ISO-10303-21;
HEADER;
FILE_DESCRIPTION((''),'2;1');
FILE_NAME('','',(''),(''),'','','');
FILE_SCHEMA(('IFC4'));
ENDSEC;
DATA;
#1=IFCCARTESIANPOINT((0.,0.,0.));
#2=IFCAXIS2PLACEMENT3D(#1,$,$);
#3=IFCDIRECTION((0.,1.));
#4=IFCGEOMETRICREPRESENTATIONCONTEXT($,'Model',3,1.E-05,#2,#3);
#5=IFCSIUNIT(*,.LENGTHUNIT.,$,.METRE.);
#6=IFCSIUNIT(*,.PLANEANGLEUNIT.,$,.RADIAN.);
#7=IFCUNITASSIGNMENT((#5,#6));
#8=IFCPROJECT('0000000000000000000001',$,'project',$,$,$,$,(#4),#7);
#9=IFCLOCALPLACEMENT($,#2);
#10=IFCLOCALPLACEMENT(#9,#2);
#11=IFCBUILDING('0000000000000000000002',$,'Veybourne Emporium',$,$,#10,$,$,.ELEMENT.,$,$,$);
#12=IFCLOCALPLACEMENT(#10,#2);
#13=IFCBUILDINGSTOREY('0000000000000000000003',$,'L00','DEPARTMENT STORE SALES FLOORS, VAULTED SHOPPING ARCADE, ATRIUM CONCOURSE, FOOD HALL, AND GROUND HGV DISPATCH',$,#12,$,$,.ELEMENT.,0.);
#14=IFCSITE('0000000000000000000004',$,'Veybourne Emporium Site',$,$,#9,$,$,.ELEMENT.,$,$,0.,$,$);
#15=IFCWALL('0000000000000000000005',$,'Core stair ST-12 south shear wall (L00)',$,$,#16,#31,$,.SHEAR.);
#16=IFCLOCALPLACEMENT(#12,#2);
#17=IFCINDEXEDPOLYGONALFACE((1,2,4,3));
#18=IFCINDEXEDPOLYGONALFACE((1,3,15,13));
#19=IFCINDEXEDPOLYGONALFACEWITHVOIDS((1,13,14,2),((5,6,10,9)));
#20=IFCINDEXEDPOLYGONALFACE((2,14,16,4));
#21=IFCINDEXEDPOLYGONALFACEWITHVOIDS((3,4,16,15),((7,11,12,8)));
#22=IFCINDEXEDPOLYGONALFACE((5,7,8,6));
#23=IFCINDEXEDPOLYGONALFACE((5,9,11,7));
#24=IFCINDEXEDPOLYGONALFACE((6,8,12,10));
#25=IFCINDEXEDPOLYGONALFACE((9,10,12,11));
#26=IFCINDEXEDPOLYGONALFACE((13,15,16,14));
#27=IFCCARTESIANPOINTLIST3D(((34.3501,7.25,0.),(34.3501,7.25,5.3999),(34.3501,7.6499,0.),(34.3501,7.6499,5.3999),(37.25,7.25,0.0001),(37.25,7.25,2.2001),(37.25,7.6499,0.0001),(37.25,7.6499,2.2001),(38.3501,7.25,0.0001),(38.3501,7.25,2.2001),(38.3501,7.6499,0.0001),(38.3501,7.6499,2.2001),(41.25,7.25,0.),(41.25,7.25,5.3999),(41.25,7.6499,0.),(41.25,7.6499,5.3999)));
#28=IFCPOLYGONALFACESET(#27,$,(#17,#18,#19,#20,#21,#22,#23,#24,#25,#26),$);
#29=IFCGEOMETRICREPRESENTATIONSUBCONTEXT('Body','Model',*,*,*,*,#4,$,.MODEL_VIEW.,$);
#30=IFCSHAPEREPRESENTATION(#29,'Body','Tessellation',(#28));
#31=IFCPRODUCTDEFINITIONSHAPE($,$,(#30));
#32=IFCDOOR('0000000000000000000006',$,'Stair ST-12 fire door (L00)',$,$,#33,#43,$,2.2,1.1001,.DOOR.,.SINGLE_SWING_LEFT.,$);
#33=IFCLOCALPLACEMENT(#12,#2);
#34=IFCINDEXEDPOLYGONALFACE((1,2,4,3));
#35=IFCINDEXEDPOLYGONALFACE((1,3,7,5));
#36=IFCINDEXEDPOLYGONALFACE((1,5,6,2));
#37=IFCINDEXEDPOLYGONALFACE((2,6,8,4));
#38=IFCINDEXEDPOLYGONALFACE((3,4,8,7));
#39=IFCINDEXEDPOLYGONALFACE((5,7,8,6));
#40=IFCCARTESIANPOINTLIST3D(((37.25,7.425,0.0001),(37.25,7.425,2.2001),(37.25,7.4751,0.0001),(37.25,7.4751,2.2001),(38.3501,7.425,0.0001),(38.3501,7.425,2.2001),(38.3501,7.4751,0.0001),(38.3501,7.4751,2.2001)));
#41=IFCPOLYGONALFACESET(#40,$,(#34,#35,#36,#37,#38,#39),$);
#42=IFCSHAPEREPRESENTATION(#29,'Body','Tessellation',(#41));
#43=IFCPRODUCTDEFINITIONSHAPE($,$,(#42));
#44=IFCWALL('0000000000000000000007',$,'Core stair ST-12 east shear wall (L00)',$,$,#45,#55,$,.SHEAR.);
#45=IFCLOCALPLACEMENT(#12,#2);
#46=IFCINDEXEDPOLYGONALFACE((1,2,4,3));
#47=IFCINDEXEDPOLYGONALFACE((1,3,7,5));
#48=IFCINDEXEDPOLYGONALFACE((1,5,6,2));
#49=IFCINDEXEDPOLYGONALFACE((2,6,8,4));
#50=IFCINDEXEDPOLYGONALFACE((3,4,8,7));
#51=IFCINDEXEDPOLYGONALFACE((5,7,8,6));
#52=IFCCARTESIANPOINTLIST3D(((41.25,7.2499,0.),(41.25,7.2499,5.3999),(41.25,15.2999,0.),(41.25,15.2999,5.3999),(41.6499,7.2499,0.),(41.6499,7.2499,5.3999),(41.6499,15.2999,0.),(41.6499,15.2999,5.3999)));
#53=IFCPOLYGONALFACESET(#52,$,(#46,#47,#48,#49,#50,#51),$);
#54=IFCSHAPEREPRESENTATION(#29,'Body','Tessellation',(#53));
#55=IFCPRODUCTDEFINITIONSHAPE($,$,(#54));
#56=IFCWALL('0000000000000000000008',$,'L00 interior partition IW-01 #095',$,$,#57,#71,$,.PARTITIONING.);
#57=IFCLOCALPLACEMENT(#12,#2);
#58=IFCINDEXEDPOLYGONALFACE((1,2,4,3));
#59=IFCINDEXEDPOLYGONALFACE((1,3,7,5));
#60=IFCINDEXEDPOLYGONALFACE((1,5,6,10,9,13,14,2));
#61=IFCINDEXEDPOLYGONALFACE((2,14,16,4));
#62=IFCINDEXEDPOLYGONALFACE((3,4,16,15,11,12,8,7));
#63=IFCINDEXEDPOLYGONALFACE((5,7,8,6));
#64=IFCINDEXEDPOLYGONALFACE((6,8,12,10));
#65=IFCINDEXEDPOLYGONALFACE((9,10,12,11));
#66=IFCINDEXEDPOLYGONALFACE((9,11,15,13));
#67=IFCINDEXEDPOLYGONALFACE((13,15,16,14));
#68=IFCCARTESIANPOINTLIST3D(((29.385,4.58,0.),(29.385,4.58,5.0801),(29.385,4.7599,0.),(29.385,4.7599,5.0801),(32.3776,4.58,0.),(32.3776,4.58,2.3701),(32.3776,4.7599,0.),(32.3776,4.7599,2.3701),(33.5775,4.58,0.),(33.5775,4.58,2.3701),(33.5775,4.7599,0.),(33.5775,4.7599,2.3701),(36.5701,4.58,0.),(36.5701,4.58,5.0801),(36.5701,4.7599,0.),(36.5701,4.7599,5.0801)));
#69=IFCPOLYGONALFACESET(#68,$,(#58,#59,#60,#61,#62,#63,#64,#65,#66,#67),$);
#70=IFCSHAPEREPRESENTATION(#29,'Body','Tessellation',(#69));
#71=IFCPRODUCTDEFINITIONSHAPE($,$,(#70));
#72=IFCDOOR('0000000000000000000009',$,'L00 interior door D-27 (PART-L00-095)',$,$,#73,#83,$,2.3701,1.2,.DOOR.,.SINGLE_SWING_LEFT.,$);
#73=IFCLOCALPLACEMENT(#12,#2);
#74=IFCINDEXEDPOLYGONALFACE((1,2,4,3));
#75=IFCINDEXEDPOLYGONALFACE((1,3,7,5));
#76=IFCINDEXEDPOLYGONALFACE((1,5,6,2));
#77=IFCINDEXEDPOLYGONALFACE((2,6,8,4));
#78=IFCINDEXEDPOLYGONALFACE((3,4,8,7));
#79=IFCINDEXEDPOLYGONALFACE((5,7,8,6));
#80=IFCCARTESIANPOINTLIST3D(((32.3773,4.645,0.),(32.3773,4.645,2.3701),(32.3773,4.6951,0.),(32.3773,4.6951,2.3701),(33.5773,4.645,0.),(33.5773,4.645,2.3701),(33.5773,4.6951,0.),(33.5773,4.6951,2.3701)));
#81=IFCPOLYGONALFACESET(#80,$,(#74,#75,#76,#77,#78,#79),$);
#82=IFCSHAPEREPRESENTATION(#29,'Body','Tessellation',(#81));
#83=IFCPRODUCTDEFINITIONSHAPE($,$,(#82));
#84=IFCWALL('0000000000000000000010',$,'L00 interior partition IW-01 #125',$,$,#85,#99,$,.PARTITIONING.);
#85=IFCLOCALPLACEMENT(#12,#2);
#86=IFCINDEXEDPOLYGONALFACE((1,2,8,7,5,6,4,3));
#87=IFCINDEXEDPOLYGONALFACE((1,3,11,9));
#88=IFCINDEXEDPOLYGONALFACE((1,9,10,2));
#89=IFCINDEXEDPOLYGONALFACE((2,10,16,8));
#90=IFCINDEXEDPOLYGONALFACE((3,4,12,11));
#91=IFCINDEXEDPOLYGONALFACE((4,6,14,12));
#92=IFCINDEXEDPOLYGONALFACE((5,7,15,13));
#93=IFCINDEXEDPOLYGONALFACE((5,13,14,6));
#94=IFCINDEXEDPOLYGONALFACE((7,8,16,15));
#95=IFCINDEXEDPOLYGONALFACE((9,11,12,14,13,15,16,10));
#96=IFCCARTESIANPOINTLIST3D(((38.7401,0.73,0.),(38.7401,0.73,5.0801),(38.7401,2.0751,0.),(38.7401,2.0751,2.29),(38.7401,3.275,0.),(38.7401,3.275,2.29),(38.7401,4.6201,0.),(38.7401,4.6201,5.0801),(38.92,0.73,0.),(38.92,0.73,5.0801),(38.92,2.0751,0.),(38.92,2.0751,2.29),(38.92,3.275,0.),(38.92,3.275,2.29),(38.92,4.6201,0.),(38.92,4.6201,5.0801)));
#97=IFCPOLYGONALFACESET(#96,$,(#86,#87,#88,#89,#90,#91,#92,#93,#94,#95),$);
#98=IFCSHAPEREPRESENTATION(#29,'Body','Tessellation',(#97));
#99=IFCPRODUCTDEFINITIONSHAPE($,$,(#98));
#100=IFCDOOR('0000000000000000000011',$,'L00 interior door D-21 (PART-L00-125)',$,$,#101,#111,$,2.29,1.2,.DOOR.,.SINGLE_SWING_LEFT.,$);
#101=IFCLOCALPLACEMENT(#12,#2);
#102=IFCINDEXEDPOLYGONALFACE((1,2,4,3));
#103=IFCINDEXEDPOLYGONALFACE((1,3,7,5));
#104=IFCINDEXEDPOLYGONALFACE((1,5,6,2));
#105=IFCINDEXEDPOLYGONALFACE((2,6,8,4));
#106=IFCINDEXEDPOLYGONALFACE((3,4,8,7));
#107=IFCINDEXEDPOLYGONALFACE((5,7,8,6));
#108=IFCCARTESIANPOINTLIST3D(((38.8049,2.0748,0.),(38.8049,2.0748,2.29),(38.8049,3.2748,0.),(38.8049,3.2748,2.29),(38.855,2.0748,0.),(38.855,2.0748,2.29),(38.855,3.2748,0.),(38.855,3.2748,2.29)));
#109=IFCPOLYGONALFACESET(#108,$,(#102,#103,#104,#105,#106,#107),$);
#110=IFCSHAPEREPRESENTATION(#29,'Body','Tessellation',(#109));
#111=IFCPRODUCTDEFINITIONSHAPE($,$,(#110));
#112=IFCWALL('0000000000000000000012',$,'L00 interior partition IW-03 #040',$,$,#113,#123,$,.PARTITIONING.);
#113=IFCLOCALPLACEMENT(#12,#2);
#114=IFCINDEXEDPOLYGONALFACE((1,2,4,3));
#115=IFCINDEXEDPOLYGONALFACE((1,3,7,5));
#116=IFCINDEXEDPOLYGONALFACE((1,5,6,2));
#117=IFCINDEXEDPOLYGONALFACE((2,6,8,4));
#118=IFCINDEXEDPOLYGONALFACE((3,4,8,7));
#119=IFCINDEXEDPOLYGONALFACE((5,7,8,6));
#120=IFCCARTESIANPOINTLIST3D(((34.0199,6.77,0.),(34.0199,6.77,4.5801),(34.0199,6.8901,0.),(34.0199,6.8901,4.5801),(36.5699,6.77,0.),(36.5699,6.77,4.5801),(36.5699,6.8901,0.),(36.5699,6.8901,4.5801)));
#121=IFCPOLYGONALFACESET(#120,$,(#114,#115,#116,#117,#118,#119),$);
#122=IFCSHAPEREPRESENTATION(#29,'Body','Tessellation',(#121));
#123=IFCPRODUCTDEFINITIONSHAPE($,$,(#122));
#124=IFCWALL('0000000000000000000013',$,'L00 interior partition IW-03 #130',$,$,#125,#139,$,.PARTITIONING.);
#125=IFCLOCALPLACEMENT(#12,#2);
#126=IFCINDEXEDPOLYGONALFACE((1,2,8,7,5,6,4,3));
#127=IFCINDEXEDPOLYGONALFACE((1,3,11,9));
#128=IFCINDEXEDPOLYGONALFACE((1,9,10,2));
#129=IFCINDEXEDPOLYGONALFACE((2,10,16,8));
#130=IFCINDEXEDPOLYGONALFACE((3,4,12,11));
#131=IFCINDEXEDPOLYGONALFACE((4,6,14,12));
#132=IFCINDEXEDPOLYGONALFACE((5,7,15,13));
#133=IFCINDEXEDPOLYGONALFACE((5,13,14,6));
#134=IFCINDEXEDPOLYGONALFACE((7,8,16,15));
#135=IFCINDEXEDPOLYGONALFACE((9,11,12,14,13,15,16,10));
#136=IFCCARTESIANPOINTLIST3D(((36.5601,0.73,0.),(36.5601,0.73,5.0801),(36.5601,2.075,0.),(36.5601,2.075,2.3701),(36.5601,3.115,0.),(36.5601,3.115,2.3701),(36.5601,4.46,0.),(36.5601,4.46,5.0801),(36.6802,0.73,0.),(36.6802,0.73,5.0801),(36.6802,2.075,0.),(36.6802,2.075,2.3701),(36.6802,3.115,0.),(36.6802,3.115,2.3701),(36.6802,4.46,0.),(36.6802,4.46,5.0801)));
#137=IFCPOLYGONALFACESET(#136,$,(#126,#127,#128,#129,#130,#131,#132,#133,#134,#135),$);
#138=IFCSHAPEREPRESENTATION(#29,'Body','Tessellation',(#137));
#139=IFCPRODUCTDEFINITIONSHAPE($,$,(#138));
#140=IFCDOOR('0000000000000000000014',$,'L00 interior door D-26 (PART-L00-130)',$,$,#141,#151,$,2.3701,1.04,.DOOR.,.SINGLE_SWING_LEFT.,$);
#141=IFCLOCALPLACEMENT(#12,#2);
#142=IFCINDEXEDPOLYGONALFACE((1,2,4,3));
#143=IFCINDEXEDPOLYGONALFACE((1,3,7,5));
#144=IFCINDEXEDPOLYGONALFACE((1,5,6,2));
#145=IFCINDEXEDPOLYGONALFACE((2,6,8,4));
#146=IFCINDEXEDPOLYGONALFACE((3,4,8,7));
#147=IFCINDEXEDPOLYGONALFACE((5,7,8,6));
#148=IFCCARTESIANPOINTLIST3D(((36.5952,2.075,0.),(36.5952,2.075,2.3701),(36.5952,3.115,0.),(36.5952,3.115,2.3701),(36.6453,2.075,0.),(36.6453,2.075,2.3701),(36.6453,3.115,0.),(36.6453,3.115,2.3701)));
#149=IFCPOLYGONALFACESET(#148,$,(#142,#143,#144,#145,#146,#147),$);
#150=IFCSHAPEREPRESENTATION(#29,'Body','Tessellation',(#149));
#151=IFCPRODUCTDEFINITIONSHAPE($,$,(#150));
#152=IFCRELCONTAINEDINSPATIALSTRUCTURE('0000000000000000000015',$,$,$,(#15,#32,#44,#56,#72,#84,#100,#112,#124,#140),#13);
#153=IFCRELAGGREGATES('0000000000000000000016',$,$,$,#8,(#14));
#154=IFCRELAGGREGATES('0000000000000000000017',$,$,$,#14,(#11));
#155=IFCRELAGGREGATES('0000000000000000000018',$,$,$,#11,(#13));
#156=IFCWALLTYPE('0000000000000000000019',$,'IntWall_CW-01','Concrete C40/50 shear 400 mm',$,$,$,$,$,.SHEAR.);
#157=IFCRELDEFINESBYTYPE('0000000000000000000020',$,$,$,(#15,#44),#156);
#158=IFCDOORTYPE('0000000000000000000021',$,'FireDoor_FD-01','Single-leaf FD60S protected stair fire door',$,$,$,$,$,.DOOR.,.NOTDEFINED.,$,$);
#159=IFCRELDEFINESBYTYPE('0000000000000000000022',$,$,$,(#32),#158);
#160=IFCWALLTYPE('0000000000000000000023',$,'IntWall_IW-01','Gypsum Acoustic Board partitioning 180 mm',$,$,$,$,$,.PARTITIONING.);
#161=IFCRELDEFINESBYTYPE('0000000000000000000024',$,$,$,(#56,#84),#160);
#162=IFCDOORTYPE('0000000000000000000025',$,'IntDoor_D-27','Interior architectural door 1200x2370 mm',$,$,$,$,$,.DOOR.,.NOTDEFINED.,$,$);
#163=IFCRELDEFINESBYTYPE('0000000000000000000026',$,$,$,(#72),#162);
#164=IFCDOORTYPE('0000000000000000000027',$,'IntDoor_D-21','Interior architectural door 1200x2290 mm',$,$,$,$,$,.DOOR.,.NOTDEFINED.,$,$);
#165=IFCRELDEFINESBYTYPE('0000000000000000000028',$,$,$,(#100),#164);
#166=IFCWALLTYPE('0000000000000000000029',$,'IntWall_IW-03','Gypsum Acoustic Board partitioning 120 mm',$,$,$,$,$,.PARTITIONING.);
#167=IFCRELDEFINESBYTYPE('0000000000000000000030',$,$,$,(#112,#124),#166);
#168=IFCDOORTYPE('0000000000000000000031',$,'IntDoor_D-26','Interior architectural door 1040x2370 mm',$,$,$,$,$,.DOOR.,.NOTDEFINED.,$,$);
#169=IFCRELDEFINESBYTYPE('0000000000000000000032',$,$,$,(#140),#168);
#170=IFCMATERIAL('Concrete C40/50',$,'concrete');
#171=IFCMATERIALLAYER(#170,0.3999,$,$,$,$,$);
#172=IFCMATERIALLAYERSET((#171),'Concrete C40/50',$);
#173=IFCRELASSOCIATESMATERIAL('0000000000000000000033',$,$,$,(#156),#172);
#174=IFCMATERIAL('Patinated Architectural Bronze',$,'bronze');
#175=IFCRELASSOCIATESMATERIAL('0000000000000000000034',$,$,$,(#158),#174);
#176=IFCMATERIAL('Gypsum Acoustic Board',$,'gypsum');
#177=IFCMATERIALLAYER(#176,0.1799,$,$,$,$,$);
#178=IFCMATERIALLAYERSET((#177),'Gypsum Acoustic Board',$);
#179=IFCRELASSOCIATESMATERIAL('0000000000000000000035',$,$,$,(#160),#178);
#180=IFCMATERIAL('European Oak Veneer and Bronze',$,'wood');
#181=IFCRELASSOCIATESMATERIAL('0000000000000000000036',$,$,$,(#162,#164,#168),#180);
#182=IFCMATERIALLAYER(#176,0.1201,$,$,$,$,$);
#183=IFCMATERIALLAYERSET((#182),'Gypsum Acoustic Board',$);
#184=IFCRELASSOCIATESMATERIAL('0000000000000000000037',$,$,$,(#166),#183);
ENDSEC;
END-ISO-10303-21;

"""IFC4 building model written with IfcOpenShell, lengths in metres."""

from ifc_helpers import new_model, si_unit, direction, frame, frame_2d, origin, place, context, subcontext, project, spatial, rectangle, extrude, material, layer, layer_set, type_object, element, fill, save


model = new_model("IFC4")

# Units and contexts
model_context = context("Model", 3, precision=1e-05, world=origin(), true_north=direction((0.0, 1.0)))
body_context = subcontext(model_context, "Body", "Model", "MODEL_VIEW")
ifc_project = project(units=[si_unit("LENGTHUNIT", "METRE"), si_unit("PLANEANGLEUNIT", "RADIAN")], contexts=[model_context])

# Site, building, storey
site_placement = place(None, origin())
site = spatial("IfcSite", under=ifc_project, at=site_placement, Name="Veybourne Emporium Site", CompositionType="ELEMENT", RefElevation=0.0)
building_placement = place(site_placement, origin())
building = spatial("IfcBuilding", under=site, at=building_placement, Name="Veybourne Emporium", CompositionType="ELEMENT")
storey_placement = place(building_placement, origin())
storey = spatial("IfcBuildingStorey", under=building, at=storey_placement, Name="L00", Description="DEPARTMENT STORE SALES FLOORS, VAULTED SHOPPING ARCADE, ATRIUM CONCOURSE, FOOD HALL, AND GROUND HGV DISPATCH", CompositionType="ELEMENT", Elevation=0.0)

# Shared definitions
ifc_material_1 = material(Name="Concrete C40/50", Category="concrete")

# Wall, opening, door
ifc_layer_1 = layer(ifc_material_1, 0.3999)
ifc_layer_set_1 = layer_set([ifc_layer_1], Name="Concrete C40/50")
wall_type_1 = type_object("IfcWallType", Name="IntWall_CW-01", Description="Concrete C40/50 shear 400 mm", PredefinedType="SHEAR", material=ifc_layer_set_1)
wall_1_placement = place(storey_placement, frame((41.25, 7.45, 0.0), z_axis=(0.0, 0.0, 1.0), x_axis=(-1.0, 0.0, 0.0)))
wall_1 = element("IfcWall", 1, at=wall_1_placement, inside=storey, type_object=wall_type_1, Name="Core stair ST-12 south shear wall (L00)", PredefinedType="SHEAR", context=body_context, shape_type="SweptSolid", body=[
    extrude(rectangle(XDim=6.8999, YDim=0.3999, at=frame_2d((3.45, 0.0))), origin(), (0.0, 0.0, 1.0), 5.3999),
])
opening_1_placement = place(wall_1_placement, frame((2.8999, 0.0, 0.0)))
opening_1 = element("IfcOpeningElement", 2, at=opening_1_placement, cuts=wall_1, PredefinedType="OPENING", context=body_context, shape_type="SweptSolid", body=[
    extrude(rectangle(XDim=1.1001, YDim=2.2, at=frame_2d((0.55, 1.1001))), frame((0.0, 0.22, 0.0), z_axis=(0.0, -1.0, 0.0), x_axis=(1.0, 0.0, 0.0)), (0.0, 0.0, 1.0), 0.4399),
])
ifc_material_2 = material(Name="Patinated Architectural Bronze", Category="bronze")
door_type_1 = type_object("IfcDoorType", Name="FireDoor_FD-01", Description="Single-leaf FD60S protected stair fire door", OperationType="NOTDEFINED", PredefinedType="DOOR", material=ifc_material_2)
door_1_placement = place(opening_1_placement, origin())
door_1 = element("IfcDoor", 3, at=door_1_placement, inside=storey, type_object=door_type_1, Name="Stair ST-12 fire door (L00)", OperationType="SINGLE_SWING_LEFT", OverallHeight=2.2, OverallWidth=1.1001, PredefinedType="DOOR", context=body_context, shape_type="SweptSolid", body=[
    extrude(rectangle(XDim=1.1001, YDim=2.2, at=frame_2d((0.55, 1.1001))), frame((0.0, 0.0249, 0.0), z_axis=(0.0, -1.0, 0.0), x_axis=(1.0, 0.0, 0.0)), (0.0, 0.0, 1.0), 0.05),
])
fill(opening_1, door_1)

# Wall
wall_2_placement = place(storey_placement, frame((41.45, 7.25, 0.0), z_axis=(0.0, 0.0, 1.0), x_axis=(0.0, 1.0, 0.0)))
element("IfcWall", 4, at=wall_2_placement, inside=storey, type_object=wall_type_1, Name="Core stair ST-12 east shear wall (L00)", PredefinedType="SHEAR", context=body_context, shape_type="SweptSolid", body=[
    extrude(rectangle(XDim=8.05, YDim=0.3999, at=frame_2d((4.0249, 0.0))), origin(), (0.0, 0.0, 1.0), 5.3999),
])

# Walls, openings, doors
ifc_material_3 = material(Name="Gypsum Acoustic Board", Category="gypsum")
ifc_layer_2 = layer(ifc_material_3, 0.1799)
ifc_layer_set_2 = layer_set([ifc_layer_2], Name="Gypsum Acoustic Board")
wall_type_2 = type_object("IfcWallType", Name="IntWall_IW-01", Description="Gypsum Acoustic Board partitioning 180 mm", PredefinedType="PARTITIONING", material=ifc_layer_set_2)
wall_3_placement = place(storey_placement, frame((29.385, 4.6699, 0.0), z_axis=(0.0, 0.0, 1.0), x_axis=(1.0, 0.0, 0.0)))
wall_3 = element("IfcWall", 5, at=wall_3_placement, inside=storey, type_object=wall_type_2, Name="L00 interior partition IW-01 #095", PredefinedType="PARTITIONING", context=body_context, shape_type="SweptSolid", body=[
    extrude(rectangle(XDim=7.1851, YDim=0.1799, at=frame_2d((3.5925, 0.0))), origin(), (0.0, 0.0, 1.0), 5.0801),
])
opening_2_placement = place(wall_3_placement, frame((2.9924, 0.0, 0.0)))
opening_2 = element("IfcOpeningElement", 6, at=opening_2_placement, cuts=wall_3, PredefinedType="OPENING", context=body_context, shape_type="SweptSolid", body=[
    extrude(rectangle(XDim=1.2, YDim=2.3701, at=frame_2d((0.6001, 1.1851))), frame((0.0, 0.1099, 0.0), z_axis=(0.0, -1.0, 0.0), x_axis=(1.0, 0.0, 0.0)), (0.0, 0.0, 1.0), 0.22),
])
ifc_material_4 = material(Name="European Oak Veneer and Bronze", Category="wood")
door_type_2 = type_object("IfcDoorType", Name="IntDoor_D-27", Description="Interior architectural door 1200x2370 mm", OperationType="NOTDEFINED", PredefinedType="DOOR", material=ifc_material_4)
door_2_placement = place(opening_2_placement, frame((1.2, 0.0, 0.0), z_axis=(0.0, 0.0, 1.0), x_axis=(-1.0, 0.0, 0.0)))
door_2 = element("IfcDoor", 7, at=door_2_placement, inside=storey, type_object=door_type_2, Name="L00 interior door D-27 (PART-L00-095)", OperationType="SINGLE_SWING_LEFT", OverallHeight=2.3701, OverallWidth=1.2, PredefinedType="DOOR", context=body_context, shape_type="SweptSolid", body=[
    extrude(rectangle(XDim=1.2, YDim=2.3701, at=frame_2d((0.6001, 1.1851))), frame((0.0, 0.0249, 0.0), z_axis=(0.0, -1.0, 0.0), x_axis=(1.0, 0.0, 0.0)), (0.0, 0.0, 1.0), 0.05),
])
fill(opening_2, door_2)
wall_4_placement = place(storey_placement, frame((38.8301, 0.73, 0.0), z_axis=(0.0, 0.0, 1.0), x_axis=(0.0, 1.0, 0.0)))
wall_4 = element("IfcWall", 8, at=wall_4_placement, inside=storey, type_object=wall_type_2, Name="L00 interior partition IW-01 #125", PredefinedType="PARTITIONING", context=body_context, shape_type="SweptSolid", body=[
    extrude(rectangle(XDim=3.8901, YDim=0.1799, at=frame_2d((1.9451, 0.0))), origin(), (0.0, 0.0, 1.0), 5.0801),
])
opening_3_placement = place(wall_4_placement, frame((1.345, 0.0, 0.0)))
opening_3 = element("IfcOpeningElement", 9, at=opening_3_placement, cuts=wall_4, PredefinedType="OPENING", context=body_context, shape_type="SweptSolid", body=[
    extrude(rectangle(XDim=1.2, YDim=2.29, at=frame_2d((0.6001, 1.145))), frame((0.0, 0.1099, 0.0), z_axis=(0.0, -1.0, 0.0), x_axis=(1.0, 0.0, 0.0)), (0.0, 0.0, 1.0), 0.22),
])
door_type_3 = type_object("IfcDoorType", Name="IntDoor_D-21", Description="Interior architectural door 1200x2290 mm", OperationType="NOTDEFINED", PredefinedType="DOOR", material=ifc_material_4)
door_3_placement = place(opening_3_placement, frame((1.2, 0.0, 0.0), z_axis=(0.0, 0.0, 1.0), x_axis=(-1.0, 0.0, 0.0)))
door_3 = element("IfcDoor", 10, at=door_3_placement, inside=storey, type_object=door_type_3, Name="L00 interior door D-21 (PART-L00-125)", OperationType="SINGLE_SWING_LEFT", OverallHeight=2.29, OverallWidth=1.2, PredefinedType="DOOR", context=body_context, shape_type="SweptSolid", body=[
    extrude(rectangle(XDim=1.2, YDim=2.29, at=frame_2d((0.6001, 1.145))), frame((0.0, 0.0249, 0.0), z_axis=(0.0, -1.0, 0.0), x_axis=(1.0, 0.0, 0.0)), (0.0, 0.0, 1.0), 0.05),
])
fill(opening_3, door_3)

# Wall
ifc_layer_3 = layer(ifc_material_3, 0.1201)
ifc_layer_set_3 = layer_set([ifc_layer_3], Name="Gypsum Acoustic Board")
wall_type_3 = type_object("IfcWallType", Name="IntWall_IW-03", Description="Gypsum Acoustic Board partitioning 120 mm", PredefinedType="PARTITIONING", material=ifc_layer_set_3)
wall_5_placement = place(storey_placement, frame((34.02, 6.8301, 0.0), z_axis=(0.0, 0.0, 1.0), x_axis=(1.0, 0.0, 0.0)))
element("IfcWall", 11, at=wall_5_placement, inside=storey, type_object=wall_type_3, Name="L00 interior partition IW-03 #040", PredefinedType="PARTITIONING", context=body_context, shape_type="SweptSolid", body=[
    extrude(rectangle(XDim=2.55, YDim=0.1201, at=frame_2d((1.2749, 0.0))), origin(), (0.0, 0.0, 1.0), 4.5801),
])

# Wall, opening, door
wall_6_placement = place(storey_placement, frame((36.6201, 0.73, 0.0), z_axis=(0.0, 0.0, 1.0), x_axis=(0.0, 1.0, 0.0)))
wall_6 = element("IfcWall", 12, at=wall_6_placement, inside=storey, type_object=wall_type_3, Name="L00 interior partition IW-03 #130", PredefinedType="PARTITIONING", context=body_context, shape_type="SweptSolid", body=[
    extrude(rectangle(XDim=3.73, YDim=0.1201, at=frame_2d((1.865, 0.0))), origin(), (0.0, 0.0, 1.0), 5.0801),
])
opening_4_placement = place(wall_6_placement, frame((1.345, 0.0, 0.0)))
opening_4 = element("IfcOpeningElement", 13, at=opening_4_placement, cuts=wall_6, PredefinedType="OPENING", context=body_context, shape_type="SweptSolid", body=[
    extrude(rectangle(XDim=1.04, YDim=2.3701, at=frame_2d((0.52, 1.1851))), frame((0.0, 0.0801, 0.0), z_axis=(0.0, -1.0, 0.0), x_axis=(1.0, 0.0, 0.0)), (0.0, 0.0, 1.0), 0.1602),
])
door_type_4 = type_object("IfcDoorType", Name="IntDoor_D-26", Description="Interior architectural door 1040x2370 mm", OperationType="NOTDEFINED", PredefinedType="DOOR", material=ifc_material_4)
door_4_placement = place(opening_4_placement, origin())
door_4 = element("IfcDoor", 14, at=door_4_placement, inside=storey, type_object=door_type_4, Name="L00 interior door D-26 (PART-L00-130)", OperationType="SINGLE_SWING_LEFT", OverallHeight=2.3701, OverallWidth=1.04, PredefinedType="DOOR", context=body_context, shape_type="SweptSolid", body=[
    extrude(rectangle(XDim=1.04, YDim=2.3701, at=frame_2d((0.52, 1.1851))), frame((0.0, 0.0249, 0.0), z_axis=(0.0, -1.0, 0.0), x_axis=(1.0, 0.0, 0.0)), (0.0, 0.0, 1.0), 0.05),
])
fill(opening_4, door_4)

save(model, "model.ifc")
